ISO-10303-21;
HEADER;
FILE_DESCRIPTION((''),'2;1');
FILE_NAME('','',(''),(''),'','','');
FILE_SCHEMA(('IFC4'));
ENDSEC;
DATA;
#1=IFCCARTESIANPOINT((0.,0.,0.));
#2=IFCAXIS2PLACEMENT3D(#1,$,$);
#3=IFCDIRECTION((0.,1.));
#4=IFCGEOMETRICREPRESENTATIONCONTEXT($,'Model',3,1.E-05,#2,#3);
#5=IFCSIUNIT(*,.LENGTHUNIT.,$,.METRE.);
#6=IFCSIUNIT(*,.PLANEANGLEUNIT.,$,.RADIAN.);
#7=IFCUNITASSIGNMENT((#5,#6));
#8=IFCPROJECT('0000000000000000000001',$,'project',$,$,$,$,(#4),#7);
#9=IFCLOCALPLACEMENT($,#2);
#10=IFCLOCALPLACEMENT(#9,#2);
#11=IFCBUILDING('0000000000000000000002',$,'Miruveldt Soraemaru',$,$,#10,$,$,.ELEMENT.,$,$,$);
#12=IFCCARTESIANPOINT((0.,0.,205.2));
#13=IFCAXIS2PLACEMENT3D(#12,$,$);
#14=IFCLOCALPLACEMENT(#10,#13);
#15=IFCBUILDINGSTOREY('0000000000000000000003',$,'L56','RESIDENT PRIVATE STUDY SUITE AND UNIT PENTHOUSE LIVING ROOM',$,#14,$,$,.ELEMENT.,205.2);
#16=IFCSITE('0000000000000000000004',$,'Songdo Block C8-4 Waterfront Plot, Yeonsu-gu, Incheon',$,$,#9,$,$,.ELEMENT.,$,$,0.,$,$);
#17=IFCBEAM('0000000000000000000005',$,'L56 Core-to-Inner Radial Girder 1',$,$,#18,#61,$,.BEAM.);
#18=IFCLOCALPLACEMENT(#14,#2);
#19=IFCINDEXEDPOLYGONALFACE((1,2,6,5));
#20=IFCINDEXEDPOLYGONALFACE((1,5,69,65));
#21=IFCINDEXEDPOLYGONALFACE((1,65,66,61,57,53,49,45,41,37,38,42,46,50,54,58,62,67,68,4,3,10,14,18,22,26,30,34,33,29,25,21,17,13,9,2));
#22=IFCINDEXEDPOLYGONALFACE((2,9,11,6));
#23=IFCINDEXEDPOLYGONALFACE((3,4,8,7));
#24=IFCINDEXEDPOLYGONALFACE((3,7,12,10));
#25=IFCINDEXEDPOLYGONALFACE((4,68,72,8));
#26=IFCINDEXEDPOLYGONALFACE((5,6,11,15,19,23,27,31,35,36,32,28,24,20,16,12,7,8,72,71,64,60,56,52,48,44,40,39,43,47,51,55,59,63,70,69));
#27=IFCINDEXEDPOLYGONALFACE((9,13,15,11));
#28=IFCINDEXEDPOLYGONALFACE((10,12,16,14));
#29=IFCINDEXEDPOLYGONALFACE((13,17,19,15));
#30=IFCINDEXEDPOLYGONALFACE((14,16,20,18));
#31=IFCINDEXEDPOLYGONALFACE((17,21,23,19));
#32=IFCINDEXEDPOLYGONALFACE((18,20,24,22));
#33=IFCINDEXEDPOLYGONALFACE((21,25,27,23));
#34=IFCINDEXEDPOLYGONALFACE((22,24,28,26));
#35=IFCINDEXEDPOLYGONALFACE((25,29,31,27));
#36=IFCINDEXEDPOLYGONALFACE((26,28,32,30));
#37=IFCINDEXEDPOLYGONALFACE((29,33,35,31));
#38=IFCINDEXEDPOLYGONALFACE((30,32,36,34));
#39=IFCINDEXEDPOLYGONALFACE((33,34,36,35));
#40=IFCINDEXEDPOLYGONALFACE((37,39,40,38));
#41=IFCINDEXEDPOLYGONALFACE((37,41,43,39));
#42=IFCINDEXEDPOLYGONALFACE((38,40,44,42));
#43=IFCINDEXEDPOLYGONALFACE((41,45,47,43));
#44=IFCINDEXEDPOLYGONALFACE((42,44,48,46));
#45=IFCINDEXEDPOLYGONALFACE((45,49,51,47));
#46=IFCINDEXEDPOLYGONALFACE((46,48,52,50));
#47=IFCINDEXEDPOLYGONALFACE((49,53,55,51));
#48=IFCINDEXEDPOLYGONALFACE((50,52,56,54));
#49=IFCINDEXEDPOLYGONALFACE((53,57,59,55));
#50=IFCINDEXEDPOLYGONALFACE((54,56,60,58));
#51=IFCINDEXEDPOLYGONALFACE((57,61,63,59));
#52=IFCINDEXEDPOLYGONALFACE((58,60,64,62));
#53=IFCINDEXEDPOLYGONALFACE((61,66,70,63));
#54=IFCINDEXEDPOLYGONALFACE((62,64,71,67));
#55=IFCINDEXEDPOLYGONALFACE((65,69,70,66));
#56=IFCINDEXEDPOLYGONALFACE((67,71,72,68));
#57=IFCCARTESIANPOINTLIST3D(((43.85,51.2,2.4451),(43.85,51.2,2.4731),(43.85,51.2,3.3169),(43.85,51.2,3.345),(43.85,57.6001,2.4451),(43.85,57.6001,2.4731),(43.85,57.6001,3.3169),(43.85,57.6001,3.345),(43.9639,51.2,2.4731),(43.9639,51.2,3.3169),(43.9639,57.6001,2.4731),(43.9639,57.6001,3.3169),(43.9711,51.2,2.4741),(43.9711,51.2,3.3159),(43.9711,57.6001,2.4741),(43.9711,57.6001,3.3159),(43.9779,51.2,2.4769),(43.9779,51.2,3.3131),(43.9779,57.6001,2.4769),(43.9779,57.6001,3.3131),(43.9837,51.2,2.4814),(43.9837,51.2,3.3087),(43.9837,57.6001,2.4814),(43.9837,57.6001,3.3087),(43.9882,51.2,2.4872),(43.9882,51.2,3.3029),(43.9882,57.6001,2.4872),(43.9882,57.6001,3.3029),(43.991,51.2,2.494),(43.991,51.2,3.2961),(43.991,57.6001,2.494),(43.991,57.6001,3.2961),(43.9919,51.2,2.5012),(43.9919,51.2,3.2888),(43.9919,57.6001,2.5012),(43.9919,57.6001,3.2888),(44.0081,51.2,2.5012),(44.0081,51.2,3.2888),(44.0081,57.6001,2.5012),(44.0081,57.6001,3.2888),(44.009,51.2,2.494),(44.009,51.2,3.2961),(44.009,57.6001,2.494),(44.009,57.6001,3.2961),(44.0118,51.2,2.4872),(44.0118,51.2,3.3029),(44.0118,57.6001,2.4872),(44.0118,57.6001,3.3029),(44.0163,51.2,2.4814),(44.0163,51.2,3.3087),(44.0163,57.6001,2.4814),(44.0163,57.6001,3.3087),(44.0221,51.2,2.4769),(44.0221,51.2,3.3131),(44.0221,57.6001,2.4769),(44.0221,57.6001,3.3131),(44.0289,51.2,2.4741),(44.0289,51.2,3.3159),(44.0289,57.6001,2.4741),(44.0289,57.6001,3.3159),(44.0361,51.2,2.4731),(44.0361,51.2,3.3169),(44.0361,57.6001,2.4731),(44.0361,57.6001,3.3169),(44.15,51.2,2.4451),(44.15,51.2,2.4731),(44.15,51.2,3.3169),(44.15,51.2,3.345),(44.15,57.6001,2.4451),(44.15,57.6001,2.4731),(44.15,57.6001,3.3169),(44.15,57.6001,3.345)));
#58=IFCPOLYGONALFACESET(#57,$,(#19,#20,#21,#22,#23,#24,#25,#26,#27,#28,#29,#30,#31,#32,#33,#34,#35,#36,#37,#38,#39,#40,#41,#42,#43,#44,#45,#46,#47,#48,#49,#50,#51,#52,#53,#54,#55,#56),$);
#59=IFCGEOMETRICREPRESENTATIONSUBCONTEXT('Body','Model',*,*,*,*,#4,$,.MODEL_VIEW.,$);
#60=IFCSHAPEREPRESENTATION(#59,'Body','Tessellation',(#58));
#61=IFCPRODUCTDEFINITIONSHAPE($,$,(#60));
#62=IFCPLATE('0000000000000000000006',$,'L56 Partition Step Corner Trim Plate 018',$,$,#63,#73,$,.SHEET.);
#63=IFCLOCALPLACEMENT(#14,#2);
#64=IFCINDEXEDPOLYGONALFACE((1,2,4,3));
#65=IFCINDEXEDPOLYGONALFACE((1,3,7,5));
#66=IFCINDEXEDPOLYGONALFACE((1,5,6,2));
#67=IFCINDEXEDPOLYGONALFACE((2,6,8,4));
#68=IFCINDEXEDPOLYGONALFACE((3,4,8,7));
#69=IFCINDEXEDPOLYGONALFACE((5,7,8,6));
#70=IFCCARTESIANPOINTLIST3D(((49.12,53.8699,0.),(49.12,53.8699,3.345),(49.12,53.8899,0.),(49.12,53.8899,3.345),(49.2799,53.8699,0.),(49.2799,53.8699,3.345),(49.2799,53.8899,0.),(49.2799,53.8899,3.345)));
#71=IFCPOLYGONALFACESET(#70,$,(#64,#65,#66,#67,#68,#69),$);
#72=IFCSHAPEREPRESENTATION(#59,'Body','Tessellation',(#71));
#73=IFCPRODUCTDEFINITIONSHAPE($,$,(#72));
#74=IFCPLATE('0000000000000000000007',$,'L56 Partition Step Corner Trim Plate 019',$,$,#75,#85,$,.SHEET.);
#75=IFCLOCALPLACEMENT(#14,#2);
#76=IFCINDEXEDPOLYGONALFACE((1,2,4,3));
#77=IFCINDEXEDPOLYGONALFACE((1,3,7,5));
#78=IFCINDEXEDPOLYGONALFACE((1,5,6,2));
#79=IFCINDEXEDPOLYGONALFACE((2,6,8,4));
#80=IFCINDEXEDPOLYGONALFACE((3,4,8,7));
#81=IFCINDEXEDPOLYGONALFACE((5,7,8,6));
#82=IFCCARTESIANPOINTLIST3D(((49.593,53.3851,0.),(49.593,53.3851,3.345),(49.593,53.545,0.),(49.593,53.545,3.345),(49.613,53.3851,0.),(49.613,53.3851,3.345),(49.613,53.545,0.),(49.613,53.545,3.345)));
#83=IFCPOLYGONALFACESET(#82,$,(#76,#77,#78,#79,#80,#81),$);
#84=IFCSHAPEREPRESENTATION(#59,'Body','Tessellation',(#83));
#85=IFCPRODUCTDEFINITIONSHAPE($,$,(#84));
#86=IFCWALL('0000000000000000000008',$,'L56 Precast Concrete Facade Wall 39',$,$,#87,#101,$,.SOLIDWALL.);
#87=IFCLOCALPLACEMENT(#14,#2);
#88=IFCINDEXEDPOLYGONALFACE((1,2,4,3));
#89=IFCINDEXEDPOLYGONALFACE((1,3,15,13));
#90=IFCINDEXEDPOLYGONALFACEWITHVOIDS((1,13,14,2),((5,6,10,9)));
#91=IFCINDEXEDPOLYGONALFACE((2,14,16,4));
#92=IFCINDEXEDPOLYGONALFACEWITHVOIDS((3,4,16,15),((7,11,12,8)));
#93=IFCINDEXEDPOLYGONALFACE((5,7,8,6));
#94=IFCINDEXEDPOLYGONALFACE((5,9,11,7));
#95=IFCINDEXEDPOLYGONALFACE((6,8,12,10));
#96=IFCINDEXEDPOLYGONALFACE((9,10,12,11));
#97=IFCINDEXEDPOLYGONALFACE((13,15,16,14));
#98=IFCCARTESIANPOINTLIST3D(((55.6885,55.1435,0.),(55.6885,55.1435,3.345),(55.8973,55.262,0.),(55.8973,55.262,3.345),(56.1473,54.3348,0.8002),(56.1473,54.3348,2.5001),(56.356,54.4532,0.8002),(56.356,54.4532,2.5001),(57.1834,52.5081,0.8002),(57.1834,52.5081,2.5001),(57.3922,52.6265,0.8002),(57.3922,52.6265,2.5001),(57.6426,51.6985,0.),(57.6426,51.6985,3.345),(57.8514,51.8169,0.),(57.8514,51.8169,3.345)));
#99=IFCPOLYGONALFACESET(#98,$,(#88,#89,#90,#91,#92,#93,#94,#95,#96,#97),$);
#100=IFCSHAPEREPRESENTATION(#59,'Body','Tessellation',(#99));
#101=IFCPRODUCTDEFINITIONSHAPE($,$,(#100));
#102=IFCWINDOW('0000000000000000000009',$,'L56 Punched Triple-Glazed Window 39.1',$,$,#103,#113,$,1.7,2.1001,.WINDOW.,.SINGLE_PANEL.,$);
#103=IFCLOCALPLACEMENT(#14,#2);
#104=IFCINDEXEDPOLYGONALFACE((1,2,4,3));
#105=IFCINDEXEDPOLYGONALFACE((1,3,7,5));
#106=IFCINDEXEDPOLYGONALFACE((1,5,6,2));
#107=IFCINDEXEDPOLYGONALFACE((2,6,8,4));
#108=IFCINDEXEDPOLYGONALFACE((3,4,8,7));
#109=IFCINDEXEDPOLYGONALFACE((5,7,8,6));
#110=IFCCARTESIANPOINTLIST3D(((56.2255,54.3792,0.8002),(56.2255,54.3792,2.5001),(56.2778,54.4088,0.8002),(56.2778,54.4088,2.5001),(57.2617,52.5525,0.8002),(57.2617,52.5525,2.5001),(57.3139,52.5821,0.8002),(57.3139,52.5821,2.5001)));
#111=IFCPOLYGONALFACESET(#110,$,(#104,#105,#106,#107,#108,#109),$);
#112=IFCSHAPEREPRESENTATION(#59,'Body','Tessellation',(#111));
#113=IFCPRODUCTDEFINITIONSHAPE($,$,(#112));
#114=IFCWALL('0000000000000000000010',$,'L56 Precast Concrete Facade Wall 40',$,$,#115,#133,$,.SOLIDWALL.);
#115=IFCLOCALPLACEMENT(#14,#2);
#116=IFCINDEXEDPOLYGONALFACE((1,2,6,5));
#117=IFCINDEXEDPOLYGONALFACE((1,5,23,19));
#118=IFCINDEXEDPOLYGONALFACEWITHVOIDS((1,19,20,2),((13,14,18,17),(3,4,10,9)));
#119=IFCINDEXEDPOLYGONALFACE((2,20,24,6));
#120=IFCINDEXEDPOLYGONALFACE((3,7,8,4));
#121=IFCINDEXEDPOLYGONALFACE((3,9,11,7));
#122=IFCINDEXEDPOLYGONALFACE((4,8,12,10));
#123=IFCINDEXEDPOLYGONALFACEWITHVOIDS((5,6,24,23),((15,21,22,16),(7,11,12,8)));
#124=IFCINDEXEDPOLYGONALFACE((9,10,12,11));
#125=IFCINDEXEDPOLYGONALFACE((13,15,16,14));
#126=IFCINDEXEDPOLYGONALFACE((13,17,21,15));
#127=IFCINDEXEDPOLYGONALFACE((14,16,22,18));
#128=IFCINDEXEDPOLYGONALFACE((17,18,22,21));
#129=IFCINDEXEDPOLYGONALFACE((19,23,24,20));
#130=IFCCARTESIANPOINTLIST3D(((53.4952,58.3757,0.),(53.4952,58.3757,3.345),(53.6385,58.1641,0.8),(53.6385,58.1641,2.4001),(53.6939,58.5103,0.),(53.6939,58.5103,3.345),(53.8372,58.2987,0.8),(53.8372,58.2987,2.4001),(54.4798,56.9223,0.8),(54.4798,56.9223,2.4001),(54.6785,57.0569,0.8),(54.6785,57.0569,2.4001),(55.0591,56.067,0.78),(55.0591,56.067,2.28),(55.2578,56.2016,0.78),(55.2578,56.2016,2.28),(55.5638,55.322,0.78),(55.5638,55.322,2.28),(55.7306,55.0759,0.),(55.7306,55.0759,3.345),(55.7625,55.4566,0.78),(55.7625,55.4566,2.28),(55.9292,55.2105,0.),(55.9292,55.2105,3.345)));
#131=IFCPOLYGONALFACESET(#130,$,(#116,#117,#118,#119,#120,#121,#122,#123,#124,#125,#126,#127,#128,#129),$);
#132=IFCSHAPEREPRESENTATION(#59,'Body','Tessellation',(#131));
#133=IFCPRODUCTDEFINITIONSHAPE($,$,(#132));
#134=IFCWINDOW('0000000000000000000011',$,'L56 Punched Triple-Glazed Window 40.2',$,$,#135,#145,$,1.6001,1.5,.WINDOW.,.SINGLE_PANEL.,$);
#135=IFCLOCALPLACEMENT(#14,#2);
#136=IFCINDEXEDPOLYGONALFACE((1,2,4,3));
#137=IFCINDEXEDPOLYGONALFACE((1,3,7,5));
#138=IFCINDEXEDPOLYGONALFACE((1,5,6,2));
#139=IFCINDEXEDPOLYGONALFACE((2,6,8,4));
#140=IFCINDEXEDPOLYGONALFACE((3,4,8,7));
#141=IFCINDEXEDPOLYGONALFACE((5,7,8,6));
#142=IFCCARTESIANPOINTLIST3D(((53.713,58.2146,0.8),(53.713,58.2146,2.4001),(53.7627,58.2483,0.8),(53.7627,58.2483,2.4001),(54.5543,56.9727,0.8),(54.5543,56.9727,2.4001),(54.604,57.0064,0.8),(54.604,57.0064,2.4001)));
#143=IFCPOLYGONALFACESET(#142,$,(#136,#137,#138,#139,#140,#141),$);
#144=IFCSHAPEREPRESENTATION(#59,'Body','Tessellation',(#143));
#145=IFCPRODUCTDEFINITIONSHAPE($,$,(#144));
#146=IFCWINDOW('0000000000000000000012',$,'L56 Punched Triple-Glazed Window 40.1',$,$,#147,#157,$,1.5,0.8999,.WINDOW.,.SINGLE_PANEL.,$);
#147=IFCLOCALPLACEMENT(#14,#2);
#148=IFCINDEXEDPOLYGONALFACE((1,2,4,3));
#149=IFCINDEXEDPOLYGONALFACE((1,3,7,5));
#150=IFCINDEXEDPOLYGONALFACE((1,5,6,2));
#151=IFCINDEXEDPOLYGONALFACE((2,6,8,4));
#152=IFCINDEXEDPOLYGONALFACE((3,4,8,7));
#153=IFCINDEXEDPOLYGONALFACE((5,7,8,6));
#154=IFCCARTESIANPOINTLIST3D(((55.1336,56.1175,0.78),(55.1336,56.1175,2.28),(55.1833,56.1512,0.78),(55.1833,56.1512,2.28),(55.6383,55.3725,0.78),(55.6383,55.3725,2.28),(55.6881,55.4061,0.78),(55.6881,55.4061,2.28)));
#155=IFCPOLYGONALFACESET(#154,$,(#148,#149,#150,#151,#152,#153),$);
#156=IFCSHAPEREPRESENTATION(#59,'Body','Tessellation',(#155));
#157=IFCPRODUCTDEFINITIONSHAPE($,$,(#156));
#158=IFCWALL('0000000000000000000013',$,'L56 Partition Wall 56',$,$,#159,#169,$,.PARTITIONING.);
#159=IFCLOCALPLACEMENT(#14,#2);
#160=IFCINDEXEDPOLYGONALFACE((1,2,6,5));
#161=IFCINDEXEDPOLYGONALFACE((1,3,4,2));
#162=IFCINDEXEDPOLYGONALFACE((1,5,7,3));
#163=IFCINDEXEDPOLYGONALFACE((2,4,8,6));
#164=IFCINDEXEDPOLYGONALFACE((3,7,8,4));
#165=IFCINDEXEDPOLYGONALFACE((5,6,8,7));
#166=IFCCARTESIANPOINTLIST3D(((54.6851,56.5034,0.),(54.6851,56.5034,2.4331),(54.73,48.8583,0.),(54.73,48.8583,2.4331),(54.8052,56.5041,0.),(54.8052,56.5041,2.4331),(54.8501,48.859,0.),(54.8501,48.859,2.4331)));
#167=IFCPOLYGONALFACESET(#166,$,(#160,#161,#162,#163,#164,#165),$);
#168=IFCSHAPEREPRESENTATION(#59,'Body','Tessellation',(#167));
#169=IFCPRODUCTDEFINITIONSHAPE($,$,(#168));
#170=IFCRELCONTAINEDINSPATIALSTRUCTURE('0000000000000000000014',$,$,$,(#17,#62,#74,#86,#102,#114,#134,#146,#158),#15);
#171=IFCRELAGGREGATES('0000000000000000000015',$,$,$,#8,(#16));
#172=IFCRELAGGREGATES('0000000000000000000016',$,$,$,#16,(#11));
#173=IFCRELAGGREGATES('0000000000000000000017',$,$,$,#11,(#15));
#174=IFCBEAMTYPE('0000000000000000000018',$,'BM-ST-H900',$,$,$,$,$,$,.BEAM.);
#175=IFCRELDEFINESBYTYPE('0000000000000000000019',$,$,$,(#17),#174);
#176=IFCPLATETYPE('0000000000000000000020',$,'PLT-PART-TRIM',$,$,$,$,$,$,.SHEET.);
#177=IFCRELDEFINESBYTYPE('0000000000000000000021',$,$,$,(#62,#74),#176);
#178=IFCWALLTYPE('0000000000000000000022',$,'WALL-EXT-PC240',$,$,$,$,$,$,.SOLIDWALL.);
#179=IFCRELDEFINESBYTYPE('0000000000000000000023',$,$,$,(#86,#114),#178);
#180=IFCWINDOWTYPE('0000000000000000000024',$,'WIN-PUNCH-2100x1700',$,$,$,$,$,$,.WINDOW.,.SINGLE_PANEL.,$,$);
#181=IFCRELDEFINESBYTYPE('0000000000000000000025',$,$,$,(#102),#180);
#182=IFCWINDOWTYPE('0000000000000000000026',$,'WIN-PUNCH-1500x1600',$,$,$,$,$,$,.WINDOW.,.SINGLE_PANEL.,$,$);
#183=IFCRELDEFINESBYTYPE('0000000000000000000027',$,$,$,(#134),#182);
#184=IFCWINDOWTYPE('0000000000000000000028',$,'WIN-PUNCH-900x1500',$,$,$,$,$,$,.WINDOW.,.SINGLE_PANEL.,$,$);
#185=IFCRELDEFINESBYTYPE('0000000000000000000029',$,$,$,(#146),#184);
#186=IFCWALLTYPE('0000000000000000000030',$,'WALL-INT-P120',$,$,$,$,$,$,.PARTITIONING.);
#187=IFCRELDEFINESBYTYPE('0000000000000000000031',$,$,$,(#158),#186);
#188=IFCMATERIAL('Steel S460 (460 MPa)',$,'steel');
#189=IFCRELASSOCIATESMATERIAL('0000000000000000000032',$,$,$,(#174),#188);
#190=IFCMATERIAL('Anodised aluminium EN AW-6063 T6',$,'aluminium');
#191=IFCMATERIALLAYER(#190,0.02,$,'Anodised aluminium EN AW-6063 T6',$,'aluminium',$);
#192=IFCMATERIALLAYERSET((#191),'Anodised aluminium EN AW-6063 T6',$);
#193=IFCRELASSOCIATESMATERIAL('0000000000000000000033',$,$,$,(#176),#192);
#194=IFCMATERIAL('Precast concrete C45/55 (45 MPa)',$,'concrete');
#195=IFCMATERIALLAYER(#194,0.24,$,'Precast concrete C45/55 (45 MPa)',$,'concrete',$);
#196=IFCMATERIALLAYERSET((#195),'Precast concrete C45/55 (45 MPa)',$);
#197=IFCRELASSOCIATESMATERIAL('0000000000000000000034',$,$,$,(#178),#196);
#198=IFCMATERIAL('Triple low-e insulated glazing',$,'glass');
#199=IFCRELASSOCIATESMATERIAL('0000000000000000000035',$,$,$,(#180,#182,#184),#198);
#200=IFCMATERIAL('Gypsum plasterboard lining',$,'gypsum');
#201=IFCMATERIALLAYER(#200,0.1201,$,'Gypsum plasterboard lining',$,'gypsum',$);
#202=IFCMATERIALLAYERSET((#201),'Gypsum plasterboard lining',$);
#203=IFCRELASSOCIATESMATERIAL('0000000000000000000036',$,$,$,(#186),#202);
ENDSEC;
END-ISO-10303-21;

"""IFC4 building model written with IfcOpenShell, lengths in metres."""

from ifc_helpers import new_model, si_unit, direction, frame, frame_2d, origin, origin_2d, place, context, subcontext, project, spatial, rectangle, i_section, extrude, material, layer, layer_set, material_profile, profile_set, type_object, element, fill, save


model = new_model("IFC4")

# Units and contexts
model_context = context("Model", 3, precision=1e-05, world=origin(), true_north=direction((0.0, 1.0)))
body_context = subcontext(model_context, "Body", "Model", "MODEL_VIEW")
ifc_project = project(units=[si_unit("LENGTHUNIT", "METRE"), si_unit("PLANEANGLEUNIT", "RADIAN")], contexts=[model_context])

# Site, building, storey
site_placement = place(None, origin())
site = spatial("IfcSite", under=ifc_project, at=site_placement, Name="Songdo Block C8-4 Waterfront Plot, Yeonsu-gu, Incheon", CompositionType="ELEMENT", RefElevation=0.0)
building_placement = place(site_placement, origin())
building = spatial("IfcBuilding", under=site, at=building_placement, Name="Miruveldt Soraemaru", CompositionType="ELEMENT")
storey_placement = place(building_placement, frame((0.0, 0.0, 205.2)))
storey = spatial("IfcBuildingStorey", under=building, at=storey_placement, Name="L56", Description="RESIDENT PRIVATE STUDY SUITE AND UNIT PENTHOUSE LIVING ROOM", CompositionType="ELEMENT", Elevation=205.2)

# Beam
ifc_material_1 = material(Name="Steel S460 (460 MPa)", Category="steel")
ifc_material_profile = material_profile(ifc_material_1, i_section(OverallWidth=0.3, OverallDepth=0.8999, WebThickness=0.0161, FlangeThickness=0.0281, FilletRadius=0.0281, at=origin_2d()), Name="Steel S460 (460 MPa)", Category="steel")
ifc_profile_set = profile_set([ifc_material_profile], Name="Steel S460 (460 MPa)")
beam_type = type_object("IfcBeamType", Name="BM-ST-H900", PredefinedType="BEAM", material=ifc_profile_set)
beam_placement = place(storey_placement, frame((44.0, 51.2, 2.895), z_axis=(0.0, 1.0, 0.0), x_axis=(-1.0, 0.0, 0.0)))
element("IfcBeam", 1, at=beam_placement, inside=storey, type_object=beam_type, Name="L56 Core-to-Inner Radial Girder 1", PredefinedType="BEAM", context=body_context, shape_type="SweptSolid", body=[
    extrude(i_section(OverallWidth=0.3, OverallDepth=0.8999, WebThickness=0.0161, FlangeThickness=0.0281, FilletRadius=0.0281, at=origin_2d()), origin(), (0.0, 0.0, 1.0), 6.4001),
])

# Plates
ifc_material_2 = material(Name="Anodised aluminium EN AW-6063 T6", Category="aluminium")
ifc_layer_1 = layer(ifc_material_2, 0.02, Name="Anodised aluminium EN AW-6063 T6", Category="aluminium")
ifc_layer_set_1 = layer_set([ifc_layer_1], Name="Anodised aluminium EN AW-6063 T6")
plate_type = type_object("IfcPlateType", Name="PLT-PART-TRIM", PredefinedType="SHEET", material=ifc_layer_set_1)
for number, where, z_axis, x_axis, name in (
    (2, (49.2, 53.8799, 0.0), (0.0, 0.0, 1.0), (1.0, 0.0, 0.0), "L56 Partition Step Corner Trim Plate 018"),
    (3, (49.603, 53.4651, 0.0), (0.0, 0.0, 1.0), (0.0, 1.0, 0.0), "L56 Partition Step Corner Trim Plate 019"),
):
    element("IfcPlate", number, at=place(storey_placement, frame(where, z_axis=z_axis, x_axis=x_axis)), inside=storey, type_object=plate_type, Name=name, PredefinedType="SHEET", context=body_context, shape_type="SweptSolid", body=[
        extrude(rectangle(XDim=0.1599, YDim=0.02, at=origin_2d()), origin(), (0.0, 0.0, 1.0), 3.345),
    ])

# Wall, opening, window
ifc_material_3 = material(Name="Precast concrete C45/55 (45 MPa)", Category="concrete")
ifc_layer_2 = layer(ifc_material_3, 0.24, Name="Precast concrete C45/55 (45 MPa)", Category="concrete")
ifc_layer_set_2 = layer_set([ifc_layer_2], Name="Precast concrete C45/55 (45 MPa)")
wall_type_1 = type_object("IfcWallType", Name="WALL-EXT-PC240", PredefinedType="SOLIDWALL", material=ifc_layer_set_2)
wall_1_placement = place(storey_placement, frame((57.7471, 51.7576, 0.0), z_axis=(0.0, 0.0, 1.0), x_axis=(-0.493375, 0.869817, 0.0)))
wall_1 = element("IfcWall", 4, at=wall_1_placement, inside=storey, type_object=wall_type_1, Name="L56 Precast Concrete Facade Wall 39", PredefinedType="SOLIDWALL", context=body_context, shape_type="SweptSolid", body=[
    extrude(rectangle(XDim=3.9607, YDim=0.24, at=frame_2d((1.9805, 0.0))), origin(), (0.0, 0.0, 1.0), 3.345),
])
opening_1_placement = place(wall_1_placement, frame((0.9309, 0.0, 0.8)))
opening_1 = element("IfcOpeningElement", 5, at=opening_1_placement, cuts=wall_1, PredefinedType="OPENING", context=body_context, shape_type="SweptSolid", body=[
    extrude(rectangle(XDim=2.1001, YDim=1.7, at=frame_2d((1.05, 0.8501))), frame((0.0, 0.1299, 0.0), z_axis=(0.0, -1.0, 0.0), x_axis=(1.0, 0.0, 0.0)), (0.0, 0.0, 1.0), 0.26),
])
ifc_material_4 = material(Name="Triple low-e insulated glazing", Category="glass")
window_type_1 = type_object("IfcWindowType", Name="WIN-PUNCH-2100x1700", PartitioningType="SINGLE_PANEL", PredefinedType="WINDOW", material=ifc_material_4)
window_1_placement = place(opening_1_placement, origin())
window_1 = element("IfcWindow", 6, at=window_1_placement, inside=storey, type_object=window_type_1, Name="L56 Punched Triple-Glazed Window 39.1", OverallHeight=1.7, OverallWidth=2.1001, PartitioningType="SINGLE_PANEL", PredefinedType="WINDOW", context=body_context, shape_type="SweptSolid", body=[
    extrude(rectangle(XDim=2.1001, YDim=1.7, at=frame_2d((1.05, 0.8501))), frame((0.0, 0.03, 0.0), z_axis=(0.0, -1.0, 0.0), x_axis=(1.0, 0.0, 0.0)), (0.0, 0.0, 1.0), 0.0601),
])
fill(opening_1, window_1)

# Wall, openings, windows
wall_2_placement = place(storey_placement, frame((55.8298, 55.1433, 0.0), z_axis=(0.0, 0.0, 1.0), x_axis=(-0.560848, 0.827919, 0.0)))
wall_2 = element("IfcWall", 7, at=wall_2_placement, inside=storey, type_object=wall_type_1, Name="L56 Precast Concrete Facade Wall 40", PredefinedType="SOLIDWALL", context=body_context, shape_type="SweptSolid", body=[
    extrude(rectangle(XDim=3.9856, YDim=0.24, at=frame_2d((1.9927, 0.0))), origin(), (0.0, 0.0, 1.0), 3.345),
])
opening_2_placement = place(wall_2_placement, frame((0.2971, 0.0, 0.78)))
opening_2 = element("IfcOpeningElement", 8, at=opening_2_placement, cuts=wall_2, PredefinedType="OPENING", context=body_context, shape_type="SweptSolid", body=[
    extrude(rectangle(XDim=0.8999, YDim=1.5, at=frame_2d((0.45, 0.75))), frame((0.0, 0.1299, 0.0), z_axis=(0.0, -1.0, 0.0), x_axis=(1.0, 0.0, 0.0)), (0.0, 0.0, 1.0), 0.26),
])
opening_3_placement = place(wall_2_placement, frame((2.23, 0.0, 0.8)))
opening_3 = element("IfcOpeningElement", 9, at=opening_3_placement, cuts=wall_2, PredefinedType="OPENING", context=body_context, shape_type="SweptSolid", body=[
    extrude(rectangle(XDim=1.5, YDim=1.6001, at=frame_2d((0.75, 0.8))), frame((0.0, 0.1299, 0.0), z_axis=(0.0, -1.0, 0.0), x_axis=(1.0, 0.0, 0.0)), (0.0, 0.0, 1.0), 0.26),
])
window_type_2 = type_object("IfcWindowType", Name="WIN-PUNCH-1500x1600", PartitioningType="SINGLE_PANEL", PredefinedType="WINDOW", material=ifc_material_4)
window_2_placement = place(opening_3_placement, origin())
window_2 = element("IfcWindow", 10, at=window_2_placement, inside=storey, type_object=window_type_2, Name="L56 Punched Triple-Glazed Window 40.2", OverallHeight=1.6001, OverallWidth=1.5, PartitioningType="SINGLE_PANEL", PredefinedType="WINDOW", context=body_context, shape_type="SweptSolid", body=[
    extrude(rectangle(XDim=1.5, YDim=1.6001, at=frame_2d((0.75, 0.8))), frame((0.0, 0.03, 0.0), z_axis=(0.0, -1.0, 0.0), x_axis=(1.0, 0.0, 0.0)), (0.0, 0.0, 1.0), 0.0601),
])
fill(opening_3, window_2)
window_type_3 = type_object("IfcWindowType", Name="WIN-PUNCH-900x1500", PartitioningType="SINGLE_PANEL", PredefinedType="WINDOW", material=ifc_material_4)
window_3_placement = place(opening_2_placement, origin())
window_3 = element("IfcWindow", 11, at=window_3_placement, inside=storey, type_object=window_type_3, Name="L56 Punched Triple-Glazed Window 40.1", OverallHeight=1.5, OverallWidth=0.8999, PartitioningType="SINGLE_PANEL", PredefinedType="WINDOW", context=body_context, shape_type="SweptSolid", body=[
    extrude(rectangle(XDim=0.8999, YDim=1.5, at=frame_2d((0.45, 0.75))), frame((0.0, 0.03, 0.0), z_axis=(0.0, -1.0, 0.0), x_axis=(1.0, 0.0, 0.0)), (0.0, 0.0, 1.0), 0.0601),
])
fill(opening_2, window_3)

# Wall
ifc_material_5 = material(Name="Gypsum plasterboard lining", Category="gypsum")
ifc_layer_3 = layer(ifc_material_5, 0.1201, Name="Gypsum plasterboard lining", Category="gypsum")
ifc_layer_set_3 = layer_set([ifc_layer_3], Name="Gypsum plasterboard lining")
wall_type_2 = type_object("IfcWallType", Name="WALL-INT-P120", PredefinedType="PARTITIONING", material=ifc_layer_set_3)
wall_3_placement = place(storey_placement, frame((54.7451, 56.5039, 0.0), z_axis=(0.0, 0.0, 1.0), x_axis=(0.005876, -0.999983, 0.0)))
element("IfcWall", 12, at=wall_3_placement, inside=storey, type_object=wall_type_2, Name="L56 Partition Wall 56", PredefinedType="PARTITIONING", context=body_context, shape_type="SweptSolid", body=[
    extrude(rectangle(XDim=7.6453, YDim=0.1201, at=frame_2d((3.8228, 0.0))), origin(), (0.0, 0.0, 1.0), 2.4331),
])

save(model, "model.ifc")
